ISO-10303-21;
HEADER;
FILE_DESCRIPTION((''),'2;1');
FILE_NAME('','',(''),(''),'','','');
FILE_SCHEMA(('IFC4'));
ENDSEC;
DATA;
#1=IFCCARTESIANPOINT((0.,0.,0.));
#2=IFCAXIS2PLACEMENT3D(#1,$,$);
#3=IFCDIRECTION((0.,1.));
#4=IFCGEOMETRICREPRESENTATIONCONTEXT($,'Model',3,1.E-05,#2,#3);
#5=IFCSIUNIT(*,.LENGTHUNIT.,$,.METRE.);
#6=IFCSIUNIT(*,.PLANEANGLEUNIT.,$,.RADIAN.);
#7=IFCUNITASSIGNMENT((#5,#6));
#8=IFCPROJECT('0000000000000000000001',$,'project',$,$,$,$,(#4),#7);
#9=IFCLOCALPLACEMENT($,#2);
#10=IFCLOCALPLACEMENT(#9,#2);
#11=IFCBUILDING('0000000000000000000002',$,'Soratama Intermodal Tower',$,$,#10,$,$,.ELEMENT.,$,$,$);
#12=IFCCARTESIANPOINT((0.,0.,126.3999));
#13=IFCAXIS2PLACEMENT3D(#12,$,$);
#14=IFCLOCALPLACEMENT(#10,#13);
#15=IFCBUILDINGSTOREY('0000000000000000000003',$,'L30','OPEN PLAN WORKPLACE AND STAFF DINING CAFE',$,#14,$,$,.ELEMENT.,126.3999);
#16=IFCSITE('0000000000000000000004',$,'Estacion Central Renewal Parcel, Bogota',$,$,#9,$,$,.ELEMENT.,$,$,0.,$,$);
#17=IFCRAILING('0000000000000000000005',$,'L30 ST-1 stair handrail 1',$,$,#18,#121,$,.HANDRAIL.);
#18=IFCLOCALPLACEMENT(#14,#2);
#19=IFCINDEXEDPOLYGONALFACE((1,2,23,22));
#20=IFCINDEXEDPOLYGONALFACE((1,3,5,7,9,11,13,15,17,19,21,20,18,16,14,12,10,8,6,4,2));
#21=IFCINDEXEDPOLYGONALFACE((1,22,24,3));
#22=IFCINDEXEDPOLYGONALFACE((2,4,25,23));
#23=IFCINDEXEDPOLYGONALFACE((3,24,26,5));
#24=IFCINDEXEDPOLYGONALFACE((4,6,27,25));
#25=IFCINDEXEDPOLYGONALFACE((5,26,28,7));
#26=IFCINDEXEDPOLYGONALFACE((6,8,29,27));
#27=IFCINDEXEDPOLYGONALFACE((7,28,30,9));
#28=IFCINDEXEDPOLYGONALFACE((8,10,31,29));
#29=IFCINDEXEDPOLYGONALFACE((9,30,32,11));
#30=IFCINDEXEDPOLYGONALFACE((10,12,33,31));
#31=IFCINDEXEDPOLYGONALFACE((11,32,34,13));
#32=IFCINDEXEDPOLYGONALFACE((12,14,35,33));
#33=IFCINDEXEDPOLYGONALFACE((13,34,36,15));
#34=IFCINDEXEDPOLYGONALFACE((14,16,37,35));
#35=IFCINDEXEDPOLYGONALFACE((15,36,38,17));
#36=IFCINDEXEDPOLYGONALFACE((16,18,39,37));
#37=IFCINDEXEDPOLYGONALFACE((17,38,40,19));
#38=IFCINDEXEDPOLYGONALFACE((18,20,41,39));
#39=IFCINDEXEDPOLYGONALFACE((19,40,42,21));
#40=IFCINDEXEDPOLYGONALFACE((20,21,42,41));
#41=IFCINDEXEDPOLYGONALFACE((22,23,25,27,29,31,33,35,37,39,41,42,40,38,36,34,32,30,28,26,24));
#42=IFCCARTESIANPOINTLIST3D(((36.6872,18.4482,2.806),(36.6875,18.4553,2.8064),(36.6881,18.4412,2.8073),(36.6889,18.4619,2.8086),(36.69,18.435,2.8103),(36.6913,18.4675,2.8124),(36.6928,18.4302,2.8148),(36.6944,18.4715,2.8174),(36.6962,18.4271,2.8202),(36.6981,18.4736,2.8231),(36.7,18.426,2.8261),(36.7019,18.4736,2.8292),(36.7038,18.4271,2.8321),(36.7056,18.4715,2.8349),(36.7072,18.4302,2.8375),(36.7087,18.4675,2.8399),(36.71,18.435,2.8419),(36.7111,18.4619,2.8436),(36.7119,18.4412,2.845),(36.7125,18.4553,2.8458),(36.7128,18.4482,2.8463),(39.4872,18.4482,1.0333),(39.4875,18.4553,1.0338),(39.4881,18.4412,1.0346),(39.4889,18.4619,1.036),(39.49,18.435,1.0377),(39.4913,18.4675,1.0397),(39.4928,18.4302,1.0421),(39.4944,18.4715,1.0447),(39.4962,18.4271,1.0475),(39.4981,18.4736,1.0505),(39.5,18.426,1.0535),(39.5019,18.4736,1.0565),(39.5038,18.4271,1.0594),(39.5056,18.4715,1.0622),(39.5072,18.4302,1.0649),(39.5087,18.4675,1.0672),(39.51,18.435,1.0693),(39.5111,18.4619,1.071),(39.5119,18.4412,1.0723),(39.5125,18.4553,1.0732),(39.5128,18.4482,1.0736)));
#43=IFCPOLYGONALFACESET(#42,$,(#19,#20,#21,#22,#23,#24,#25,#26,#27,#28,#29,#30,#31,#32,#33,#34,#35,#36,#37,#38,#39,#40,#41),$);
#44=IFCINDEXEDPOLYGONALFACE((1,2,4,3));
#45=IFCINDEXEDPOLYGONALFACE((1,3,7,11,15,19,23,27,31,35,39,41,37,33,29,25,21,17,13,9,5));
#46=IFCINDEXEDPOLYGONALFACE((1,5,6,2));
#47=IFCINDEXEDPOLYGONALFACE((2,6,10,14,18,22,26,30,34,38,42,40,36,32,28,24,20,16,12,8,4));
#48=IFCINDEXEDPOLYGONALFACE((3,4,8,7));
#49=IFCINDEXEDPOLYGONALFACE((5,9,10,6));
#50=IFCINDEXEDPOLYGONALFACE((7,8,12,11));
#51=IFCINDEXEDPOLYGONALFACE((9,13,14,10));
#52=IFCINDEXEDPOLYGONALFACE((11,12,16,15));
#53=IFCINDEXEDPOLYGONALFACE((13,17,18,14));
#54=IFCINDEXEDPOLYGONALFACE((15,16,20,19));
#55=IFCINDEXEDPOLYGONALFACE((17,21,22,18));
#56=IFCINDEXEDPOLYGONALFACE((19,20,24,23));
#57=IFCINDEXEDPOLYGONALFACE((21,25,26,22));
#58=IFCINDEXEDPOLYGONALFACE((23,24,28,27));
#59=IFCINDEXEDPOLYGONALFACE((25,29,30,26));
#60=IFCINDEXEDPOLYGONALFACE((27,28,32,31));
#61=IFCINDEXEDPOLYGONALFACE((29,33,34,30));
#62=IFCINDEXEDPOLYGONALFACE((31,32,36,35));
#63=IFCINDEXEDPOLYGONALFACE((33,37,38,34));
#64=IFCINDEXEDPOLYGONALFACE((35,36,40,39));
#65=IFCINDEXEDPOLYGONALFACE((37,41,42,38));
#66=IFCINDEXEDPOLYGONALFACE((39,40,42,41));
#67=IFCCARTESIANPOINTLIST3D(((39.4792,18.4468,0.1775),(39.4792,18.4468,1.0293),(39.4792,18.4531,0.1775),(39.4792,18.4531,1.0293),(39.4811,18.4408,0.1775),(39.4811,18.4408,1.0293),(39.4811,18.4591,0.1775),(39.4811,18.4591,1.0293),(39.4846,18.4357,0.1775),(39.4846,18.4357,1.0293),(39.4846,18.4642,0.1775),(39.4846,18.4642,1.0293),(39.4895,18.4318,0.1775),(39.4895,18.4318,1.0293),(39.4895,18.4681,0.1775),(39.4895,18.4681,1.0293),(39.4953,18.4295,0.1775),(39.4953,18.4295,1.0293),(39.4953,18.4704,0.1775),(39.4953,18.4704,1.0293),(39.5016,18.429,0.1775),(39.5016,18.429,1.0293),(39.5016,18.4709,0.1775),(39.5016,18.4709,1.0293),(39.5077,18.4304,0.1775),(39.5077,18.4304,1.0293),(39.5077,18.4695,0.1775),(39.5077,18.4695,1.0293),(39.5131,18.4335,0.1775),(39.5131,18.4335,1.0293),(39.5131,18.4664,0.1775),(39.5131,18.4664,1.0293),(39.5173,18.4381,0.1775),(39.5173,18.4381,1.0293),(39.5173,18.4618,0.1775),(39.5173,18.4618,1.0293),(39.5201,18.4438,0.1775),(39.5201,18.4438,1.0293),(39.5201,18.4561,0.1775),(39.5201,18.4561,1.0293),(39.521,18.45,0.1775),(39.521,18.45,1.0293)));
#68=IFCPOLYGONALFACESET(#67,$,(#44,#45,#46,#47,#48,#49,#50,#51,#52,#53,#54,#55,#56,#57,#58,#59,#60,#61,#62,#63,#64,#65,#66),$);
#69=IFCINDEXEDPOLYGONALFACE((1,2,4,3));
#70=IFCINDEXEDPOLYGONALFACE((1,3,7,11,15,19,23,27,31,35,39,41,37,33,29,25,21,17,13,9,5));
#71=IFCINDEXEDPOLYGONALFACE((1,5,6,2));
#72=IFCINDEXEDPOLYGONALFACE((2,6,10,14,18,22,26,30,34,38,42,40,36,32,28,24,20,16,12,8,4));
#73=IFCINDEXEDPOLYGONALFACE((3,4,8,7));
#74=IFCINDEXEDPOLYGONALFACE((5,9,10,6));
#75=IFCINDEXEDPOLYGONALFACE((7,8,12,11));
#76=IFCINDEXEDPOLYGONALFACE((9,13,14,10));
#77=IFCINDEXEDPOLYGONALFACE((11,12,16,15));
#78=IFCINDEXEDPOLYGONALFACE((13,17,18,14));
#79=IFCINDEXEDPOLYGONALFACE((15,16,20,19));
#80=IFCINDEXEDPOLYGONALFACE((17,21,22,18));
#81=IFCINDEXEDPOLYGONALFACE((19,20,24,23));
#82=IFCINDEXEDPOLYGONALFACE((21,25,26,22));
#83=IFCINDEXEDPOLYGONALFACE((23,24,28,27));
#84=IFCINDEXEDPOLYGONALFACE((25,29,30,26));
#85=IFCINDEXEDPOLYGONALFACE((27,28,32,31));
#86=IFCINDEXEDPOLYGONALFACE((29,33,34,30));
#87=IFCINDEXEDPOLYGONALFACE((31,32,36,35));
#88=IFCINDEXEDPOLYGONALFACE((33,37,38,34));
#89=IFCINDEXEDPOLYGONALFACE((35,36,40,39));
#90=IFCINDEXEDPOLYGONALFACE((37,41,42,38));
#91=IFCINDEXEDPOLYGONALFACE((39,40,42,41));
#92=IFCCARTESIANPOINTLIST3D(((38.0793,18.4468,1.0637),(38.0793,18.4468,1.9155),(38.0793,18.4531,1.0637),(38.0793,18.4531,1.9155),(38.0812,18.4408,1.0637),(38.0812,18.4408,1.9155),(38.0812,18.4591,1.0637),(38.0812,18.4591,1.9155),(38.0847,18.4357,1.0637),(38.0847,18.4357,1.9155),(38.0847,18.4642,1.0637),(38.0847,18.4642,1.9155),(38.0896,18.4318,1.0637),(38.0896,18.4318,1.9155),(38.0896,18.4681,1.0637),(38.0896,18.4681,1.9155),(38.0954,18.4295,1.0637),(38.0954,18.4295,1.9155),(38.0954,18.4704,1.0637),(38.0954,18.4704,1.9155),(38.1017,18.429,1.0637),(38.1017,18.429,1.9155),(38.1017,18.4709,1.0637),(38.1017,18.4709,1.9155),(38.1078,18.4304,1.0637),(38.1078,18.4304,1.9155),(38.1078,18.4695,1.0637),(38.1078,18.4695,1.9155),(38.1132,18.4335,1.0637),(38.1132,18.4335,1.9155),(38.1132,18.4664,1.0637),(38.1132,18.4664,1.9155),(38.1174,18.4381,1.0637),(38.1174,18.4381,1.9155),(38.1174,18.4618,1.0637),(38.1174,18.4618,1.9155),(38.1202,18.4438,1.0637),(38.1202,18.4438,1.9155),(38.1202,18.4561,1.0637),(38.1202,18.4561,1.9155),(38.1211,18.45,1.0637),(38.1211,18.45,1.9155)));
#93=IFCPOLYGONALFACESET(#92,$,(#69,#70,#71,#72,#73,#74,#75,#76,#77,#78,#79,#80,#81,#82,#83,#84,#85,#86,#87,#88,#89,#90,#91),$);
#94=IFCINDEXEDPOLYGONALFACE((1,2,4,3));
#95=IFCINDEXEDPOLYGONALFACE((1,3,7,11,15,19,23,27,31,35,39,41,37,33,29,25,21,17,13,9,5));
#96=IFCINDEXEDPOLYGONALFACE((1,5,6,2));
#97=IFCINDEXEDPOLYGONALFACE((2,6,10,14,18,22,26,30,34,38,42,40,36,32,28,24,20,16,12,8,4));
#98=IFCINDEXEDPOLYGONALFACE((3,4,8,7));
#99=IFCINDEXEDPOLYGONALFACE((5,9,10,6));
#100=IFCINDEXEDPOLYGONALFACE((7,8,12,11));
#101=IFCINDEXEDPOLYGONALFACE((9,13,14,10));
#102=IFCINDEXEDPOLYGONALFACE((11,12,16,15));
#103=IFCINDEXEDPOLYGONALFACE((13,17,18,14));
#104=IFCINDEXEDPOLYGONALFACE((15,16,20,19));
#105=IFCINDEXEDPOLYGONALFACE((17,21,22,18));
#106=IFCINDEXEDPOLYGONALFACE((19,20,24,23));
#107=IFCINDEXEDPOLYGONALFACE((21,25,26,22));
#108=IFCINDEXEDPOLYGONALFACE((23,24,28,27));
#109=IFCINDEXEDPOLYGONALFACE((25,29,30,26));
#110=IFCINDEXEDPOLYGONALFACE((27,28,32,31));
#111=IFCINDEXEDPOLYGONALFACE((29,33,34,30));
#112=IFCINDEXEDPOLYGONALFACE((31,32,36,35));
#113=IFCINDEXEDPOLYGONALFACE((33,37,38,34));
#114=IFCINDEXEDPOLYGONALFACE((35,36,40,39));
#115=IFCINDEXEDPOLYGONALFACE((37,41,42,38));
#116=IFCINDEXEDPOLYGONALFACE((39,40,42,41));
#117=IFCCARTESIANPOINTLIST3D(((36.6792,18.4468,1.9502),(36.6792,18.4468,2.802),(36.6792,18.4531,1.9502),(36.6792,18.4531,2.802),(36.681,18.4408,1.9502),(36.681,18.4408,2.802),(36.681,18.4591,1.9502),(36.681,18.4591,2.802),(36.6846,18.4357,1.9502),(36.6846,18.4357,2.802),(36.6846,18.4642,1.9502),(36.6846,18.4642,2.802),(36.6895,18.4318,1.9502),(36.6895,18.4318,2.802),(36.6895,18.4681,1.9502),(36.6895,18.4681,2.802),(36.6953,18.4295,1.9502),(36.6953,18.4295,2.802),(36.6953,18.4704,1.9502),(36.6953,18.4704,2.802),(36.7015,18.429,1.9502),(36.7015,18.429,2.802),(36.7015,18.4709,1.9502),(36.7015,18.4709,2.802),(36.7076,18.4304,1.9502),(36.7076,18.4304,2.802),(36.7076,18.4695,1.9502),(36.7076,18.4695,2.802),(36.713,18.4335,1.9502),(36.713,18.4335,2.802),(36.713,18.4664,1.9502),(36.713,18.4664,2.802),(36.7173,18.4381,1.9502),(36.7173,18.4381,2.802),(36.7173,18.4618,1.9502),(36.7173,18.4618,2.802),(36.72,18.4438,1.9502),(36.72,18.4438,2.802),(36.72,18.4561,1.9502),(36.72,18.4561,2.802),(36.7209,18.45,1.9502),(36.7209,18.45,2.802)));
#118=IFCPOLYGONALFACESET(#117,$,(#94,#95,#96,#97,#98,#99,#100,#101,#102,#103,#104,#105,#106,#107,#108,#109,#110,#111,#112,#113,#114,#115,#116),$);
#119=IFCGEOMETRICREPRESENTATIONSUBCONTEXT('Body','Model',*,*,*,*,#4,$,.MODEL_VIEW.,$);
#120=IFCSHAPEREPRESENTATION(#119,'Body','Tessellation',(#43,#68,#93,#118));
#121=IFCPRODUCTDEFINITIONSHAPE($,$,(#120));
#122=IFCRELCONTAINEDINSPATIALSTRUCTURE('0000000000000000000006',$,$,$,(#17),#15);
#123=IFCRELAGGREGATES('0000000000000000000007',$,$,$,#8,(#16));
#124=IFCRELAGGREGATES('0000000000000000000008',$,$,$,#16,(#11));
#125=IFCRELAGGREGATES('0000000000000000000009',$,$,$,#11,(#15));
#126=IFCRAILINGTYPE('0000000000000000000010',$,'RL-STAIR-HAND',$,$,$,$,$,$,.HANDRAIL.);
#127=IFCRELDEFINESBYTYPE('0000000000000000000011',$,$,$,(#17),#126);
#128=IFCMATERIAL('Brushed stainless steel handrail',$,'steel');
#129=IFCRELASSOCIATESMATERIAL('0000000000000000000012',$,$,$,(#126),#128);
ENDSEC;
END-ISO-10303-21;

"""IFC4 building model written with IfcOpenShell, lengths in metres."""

from ifc_helpers import new_model, si_unit, direction, frame, origin, origin_2d, place, context, subcontext, project, spatial, circle, extrude, material, type_object, element, save


model = new_model("IFC4")

# Units and contexts
model_context = context("Model", 3, precision=1e-05, world=origin(), true_north=direction((0.0, 1.0)))
body_context = subcontext(model_context, "Body", "Model", "MODEL_VIEW")
ifc_project = project(units=[si_unit("LENGTHUNIT", "METRE"), si_unit("PLANEANGLEUNIT", "RADIAN")], contexts=[model_context])

# Site, building, storey
site_placement = place(None, origin())
site = spatial("IfcSite", under=ifc_project, at=site_placement, Name="Estacion Central Renewal Parcel, Bogota", CompositionType="ELEMENT", RefElevation=0.0)
building_placement = place(site_placement, origin())
building = spatial("IfcBuilding", under=site, at=building_placement, Name="Soratama Intermodal Tower", CompositionType="ELEMENT")
storey_placement = place(building_placement, frame((0.0, 0.0, 126.3999)))
storey = spatial("IfcBuildingStorey", under=building, at=storey_placement, Name="L30", Description="OPEN PLAN WORKPLACE AND STAFF DINING CAFE", CompositionType="ELEMENT", Elevation=126.3999)

# Railing
ifc_material_1 = material(Name="Brushed stainless steel handrail", Category="steel")
railing_type_1 = type_object("IfcRailingType", Name="RL-STAIR-HAND", PredefinedType="HANDRAIL", material=ifc_material_1)
railing_1_placement = place(storey_placement, frame((39.5, 18.45, 0.1775)))
element("IfcRailing", 1, at=railing_1_placement, inside=storey, type_object=railing_type_1, Name="L30 ST-1 stair handrail 1", PredefinedType="HANDRAIL", context=body_context, shape_type="SweptSolid", body=[
    extrude(circle(Radius=0.0239, at=origin_2d()), frame((0.0, 0.0, 0.876), z_axis=(-0.844909, 0.0, 0.53491), x_axis=(0.0, -1.0, 0.0)), (0.0, 0.0, 1.0), 3.314),
    extrude(circle(Radius=0.021, at=origin_2d()), origin(), (0.0, 0.0, 1.0), 0.8518),
    extrude(circle(Radius=0.021, at=origin_2d()), frame((-1.3999, 0.0, 0.8862)), (0.0, 0.0, 1.0), 0.8518),
    extrude(circle(Radius=0.021, at=origin_2d()), frame((-2.8, 0.0, 1.7727)), (0.0, 0.0, 1.0), 0.8518),
])

save(model, "model.ifc")
